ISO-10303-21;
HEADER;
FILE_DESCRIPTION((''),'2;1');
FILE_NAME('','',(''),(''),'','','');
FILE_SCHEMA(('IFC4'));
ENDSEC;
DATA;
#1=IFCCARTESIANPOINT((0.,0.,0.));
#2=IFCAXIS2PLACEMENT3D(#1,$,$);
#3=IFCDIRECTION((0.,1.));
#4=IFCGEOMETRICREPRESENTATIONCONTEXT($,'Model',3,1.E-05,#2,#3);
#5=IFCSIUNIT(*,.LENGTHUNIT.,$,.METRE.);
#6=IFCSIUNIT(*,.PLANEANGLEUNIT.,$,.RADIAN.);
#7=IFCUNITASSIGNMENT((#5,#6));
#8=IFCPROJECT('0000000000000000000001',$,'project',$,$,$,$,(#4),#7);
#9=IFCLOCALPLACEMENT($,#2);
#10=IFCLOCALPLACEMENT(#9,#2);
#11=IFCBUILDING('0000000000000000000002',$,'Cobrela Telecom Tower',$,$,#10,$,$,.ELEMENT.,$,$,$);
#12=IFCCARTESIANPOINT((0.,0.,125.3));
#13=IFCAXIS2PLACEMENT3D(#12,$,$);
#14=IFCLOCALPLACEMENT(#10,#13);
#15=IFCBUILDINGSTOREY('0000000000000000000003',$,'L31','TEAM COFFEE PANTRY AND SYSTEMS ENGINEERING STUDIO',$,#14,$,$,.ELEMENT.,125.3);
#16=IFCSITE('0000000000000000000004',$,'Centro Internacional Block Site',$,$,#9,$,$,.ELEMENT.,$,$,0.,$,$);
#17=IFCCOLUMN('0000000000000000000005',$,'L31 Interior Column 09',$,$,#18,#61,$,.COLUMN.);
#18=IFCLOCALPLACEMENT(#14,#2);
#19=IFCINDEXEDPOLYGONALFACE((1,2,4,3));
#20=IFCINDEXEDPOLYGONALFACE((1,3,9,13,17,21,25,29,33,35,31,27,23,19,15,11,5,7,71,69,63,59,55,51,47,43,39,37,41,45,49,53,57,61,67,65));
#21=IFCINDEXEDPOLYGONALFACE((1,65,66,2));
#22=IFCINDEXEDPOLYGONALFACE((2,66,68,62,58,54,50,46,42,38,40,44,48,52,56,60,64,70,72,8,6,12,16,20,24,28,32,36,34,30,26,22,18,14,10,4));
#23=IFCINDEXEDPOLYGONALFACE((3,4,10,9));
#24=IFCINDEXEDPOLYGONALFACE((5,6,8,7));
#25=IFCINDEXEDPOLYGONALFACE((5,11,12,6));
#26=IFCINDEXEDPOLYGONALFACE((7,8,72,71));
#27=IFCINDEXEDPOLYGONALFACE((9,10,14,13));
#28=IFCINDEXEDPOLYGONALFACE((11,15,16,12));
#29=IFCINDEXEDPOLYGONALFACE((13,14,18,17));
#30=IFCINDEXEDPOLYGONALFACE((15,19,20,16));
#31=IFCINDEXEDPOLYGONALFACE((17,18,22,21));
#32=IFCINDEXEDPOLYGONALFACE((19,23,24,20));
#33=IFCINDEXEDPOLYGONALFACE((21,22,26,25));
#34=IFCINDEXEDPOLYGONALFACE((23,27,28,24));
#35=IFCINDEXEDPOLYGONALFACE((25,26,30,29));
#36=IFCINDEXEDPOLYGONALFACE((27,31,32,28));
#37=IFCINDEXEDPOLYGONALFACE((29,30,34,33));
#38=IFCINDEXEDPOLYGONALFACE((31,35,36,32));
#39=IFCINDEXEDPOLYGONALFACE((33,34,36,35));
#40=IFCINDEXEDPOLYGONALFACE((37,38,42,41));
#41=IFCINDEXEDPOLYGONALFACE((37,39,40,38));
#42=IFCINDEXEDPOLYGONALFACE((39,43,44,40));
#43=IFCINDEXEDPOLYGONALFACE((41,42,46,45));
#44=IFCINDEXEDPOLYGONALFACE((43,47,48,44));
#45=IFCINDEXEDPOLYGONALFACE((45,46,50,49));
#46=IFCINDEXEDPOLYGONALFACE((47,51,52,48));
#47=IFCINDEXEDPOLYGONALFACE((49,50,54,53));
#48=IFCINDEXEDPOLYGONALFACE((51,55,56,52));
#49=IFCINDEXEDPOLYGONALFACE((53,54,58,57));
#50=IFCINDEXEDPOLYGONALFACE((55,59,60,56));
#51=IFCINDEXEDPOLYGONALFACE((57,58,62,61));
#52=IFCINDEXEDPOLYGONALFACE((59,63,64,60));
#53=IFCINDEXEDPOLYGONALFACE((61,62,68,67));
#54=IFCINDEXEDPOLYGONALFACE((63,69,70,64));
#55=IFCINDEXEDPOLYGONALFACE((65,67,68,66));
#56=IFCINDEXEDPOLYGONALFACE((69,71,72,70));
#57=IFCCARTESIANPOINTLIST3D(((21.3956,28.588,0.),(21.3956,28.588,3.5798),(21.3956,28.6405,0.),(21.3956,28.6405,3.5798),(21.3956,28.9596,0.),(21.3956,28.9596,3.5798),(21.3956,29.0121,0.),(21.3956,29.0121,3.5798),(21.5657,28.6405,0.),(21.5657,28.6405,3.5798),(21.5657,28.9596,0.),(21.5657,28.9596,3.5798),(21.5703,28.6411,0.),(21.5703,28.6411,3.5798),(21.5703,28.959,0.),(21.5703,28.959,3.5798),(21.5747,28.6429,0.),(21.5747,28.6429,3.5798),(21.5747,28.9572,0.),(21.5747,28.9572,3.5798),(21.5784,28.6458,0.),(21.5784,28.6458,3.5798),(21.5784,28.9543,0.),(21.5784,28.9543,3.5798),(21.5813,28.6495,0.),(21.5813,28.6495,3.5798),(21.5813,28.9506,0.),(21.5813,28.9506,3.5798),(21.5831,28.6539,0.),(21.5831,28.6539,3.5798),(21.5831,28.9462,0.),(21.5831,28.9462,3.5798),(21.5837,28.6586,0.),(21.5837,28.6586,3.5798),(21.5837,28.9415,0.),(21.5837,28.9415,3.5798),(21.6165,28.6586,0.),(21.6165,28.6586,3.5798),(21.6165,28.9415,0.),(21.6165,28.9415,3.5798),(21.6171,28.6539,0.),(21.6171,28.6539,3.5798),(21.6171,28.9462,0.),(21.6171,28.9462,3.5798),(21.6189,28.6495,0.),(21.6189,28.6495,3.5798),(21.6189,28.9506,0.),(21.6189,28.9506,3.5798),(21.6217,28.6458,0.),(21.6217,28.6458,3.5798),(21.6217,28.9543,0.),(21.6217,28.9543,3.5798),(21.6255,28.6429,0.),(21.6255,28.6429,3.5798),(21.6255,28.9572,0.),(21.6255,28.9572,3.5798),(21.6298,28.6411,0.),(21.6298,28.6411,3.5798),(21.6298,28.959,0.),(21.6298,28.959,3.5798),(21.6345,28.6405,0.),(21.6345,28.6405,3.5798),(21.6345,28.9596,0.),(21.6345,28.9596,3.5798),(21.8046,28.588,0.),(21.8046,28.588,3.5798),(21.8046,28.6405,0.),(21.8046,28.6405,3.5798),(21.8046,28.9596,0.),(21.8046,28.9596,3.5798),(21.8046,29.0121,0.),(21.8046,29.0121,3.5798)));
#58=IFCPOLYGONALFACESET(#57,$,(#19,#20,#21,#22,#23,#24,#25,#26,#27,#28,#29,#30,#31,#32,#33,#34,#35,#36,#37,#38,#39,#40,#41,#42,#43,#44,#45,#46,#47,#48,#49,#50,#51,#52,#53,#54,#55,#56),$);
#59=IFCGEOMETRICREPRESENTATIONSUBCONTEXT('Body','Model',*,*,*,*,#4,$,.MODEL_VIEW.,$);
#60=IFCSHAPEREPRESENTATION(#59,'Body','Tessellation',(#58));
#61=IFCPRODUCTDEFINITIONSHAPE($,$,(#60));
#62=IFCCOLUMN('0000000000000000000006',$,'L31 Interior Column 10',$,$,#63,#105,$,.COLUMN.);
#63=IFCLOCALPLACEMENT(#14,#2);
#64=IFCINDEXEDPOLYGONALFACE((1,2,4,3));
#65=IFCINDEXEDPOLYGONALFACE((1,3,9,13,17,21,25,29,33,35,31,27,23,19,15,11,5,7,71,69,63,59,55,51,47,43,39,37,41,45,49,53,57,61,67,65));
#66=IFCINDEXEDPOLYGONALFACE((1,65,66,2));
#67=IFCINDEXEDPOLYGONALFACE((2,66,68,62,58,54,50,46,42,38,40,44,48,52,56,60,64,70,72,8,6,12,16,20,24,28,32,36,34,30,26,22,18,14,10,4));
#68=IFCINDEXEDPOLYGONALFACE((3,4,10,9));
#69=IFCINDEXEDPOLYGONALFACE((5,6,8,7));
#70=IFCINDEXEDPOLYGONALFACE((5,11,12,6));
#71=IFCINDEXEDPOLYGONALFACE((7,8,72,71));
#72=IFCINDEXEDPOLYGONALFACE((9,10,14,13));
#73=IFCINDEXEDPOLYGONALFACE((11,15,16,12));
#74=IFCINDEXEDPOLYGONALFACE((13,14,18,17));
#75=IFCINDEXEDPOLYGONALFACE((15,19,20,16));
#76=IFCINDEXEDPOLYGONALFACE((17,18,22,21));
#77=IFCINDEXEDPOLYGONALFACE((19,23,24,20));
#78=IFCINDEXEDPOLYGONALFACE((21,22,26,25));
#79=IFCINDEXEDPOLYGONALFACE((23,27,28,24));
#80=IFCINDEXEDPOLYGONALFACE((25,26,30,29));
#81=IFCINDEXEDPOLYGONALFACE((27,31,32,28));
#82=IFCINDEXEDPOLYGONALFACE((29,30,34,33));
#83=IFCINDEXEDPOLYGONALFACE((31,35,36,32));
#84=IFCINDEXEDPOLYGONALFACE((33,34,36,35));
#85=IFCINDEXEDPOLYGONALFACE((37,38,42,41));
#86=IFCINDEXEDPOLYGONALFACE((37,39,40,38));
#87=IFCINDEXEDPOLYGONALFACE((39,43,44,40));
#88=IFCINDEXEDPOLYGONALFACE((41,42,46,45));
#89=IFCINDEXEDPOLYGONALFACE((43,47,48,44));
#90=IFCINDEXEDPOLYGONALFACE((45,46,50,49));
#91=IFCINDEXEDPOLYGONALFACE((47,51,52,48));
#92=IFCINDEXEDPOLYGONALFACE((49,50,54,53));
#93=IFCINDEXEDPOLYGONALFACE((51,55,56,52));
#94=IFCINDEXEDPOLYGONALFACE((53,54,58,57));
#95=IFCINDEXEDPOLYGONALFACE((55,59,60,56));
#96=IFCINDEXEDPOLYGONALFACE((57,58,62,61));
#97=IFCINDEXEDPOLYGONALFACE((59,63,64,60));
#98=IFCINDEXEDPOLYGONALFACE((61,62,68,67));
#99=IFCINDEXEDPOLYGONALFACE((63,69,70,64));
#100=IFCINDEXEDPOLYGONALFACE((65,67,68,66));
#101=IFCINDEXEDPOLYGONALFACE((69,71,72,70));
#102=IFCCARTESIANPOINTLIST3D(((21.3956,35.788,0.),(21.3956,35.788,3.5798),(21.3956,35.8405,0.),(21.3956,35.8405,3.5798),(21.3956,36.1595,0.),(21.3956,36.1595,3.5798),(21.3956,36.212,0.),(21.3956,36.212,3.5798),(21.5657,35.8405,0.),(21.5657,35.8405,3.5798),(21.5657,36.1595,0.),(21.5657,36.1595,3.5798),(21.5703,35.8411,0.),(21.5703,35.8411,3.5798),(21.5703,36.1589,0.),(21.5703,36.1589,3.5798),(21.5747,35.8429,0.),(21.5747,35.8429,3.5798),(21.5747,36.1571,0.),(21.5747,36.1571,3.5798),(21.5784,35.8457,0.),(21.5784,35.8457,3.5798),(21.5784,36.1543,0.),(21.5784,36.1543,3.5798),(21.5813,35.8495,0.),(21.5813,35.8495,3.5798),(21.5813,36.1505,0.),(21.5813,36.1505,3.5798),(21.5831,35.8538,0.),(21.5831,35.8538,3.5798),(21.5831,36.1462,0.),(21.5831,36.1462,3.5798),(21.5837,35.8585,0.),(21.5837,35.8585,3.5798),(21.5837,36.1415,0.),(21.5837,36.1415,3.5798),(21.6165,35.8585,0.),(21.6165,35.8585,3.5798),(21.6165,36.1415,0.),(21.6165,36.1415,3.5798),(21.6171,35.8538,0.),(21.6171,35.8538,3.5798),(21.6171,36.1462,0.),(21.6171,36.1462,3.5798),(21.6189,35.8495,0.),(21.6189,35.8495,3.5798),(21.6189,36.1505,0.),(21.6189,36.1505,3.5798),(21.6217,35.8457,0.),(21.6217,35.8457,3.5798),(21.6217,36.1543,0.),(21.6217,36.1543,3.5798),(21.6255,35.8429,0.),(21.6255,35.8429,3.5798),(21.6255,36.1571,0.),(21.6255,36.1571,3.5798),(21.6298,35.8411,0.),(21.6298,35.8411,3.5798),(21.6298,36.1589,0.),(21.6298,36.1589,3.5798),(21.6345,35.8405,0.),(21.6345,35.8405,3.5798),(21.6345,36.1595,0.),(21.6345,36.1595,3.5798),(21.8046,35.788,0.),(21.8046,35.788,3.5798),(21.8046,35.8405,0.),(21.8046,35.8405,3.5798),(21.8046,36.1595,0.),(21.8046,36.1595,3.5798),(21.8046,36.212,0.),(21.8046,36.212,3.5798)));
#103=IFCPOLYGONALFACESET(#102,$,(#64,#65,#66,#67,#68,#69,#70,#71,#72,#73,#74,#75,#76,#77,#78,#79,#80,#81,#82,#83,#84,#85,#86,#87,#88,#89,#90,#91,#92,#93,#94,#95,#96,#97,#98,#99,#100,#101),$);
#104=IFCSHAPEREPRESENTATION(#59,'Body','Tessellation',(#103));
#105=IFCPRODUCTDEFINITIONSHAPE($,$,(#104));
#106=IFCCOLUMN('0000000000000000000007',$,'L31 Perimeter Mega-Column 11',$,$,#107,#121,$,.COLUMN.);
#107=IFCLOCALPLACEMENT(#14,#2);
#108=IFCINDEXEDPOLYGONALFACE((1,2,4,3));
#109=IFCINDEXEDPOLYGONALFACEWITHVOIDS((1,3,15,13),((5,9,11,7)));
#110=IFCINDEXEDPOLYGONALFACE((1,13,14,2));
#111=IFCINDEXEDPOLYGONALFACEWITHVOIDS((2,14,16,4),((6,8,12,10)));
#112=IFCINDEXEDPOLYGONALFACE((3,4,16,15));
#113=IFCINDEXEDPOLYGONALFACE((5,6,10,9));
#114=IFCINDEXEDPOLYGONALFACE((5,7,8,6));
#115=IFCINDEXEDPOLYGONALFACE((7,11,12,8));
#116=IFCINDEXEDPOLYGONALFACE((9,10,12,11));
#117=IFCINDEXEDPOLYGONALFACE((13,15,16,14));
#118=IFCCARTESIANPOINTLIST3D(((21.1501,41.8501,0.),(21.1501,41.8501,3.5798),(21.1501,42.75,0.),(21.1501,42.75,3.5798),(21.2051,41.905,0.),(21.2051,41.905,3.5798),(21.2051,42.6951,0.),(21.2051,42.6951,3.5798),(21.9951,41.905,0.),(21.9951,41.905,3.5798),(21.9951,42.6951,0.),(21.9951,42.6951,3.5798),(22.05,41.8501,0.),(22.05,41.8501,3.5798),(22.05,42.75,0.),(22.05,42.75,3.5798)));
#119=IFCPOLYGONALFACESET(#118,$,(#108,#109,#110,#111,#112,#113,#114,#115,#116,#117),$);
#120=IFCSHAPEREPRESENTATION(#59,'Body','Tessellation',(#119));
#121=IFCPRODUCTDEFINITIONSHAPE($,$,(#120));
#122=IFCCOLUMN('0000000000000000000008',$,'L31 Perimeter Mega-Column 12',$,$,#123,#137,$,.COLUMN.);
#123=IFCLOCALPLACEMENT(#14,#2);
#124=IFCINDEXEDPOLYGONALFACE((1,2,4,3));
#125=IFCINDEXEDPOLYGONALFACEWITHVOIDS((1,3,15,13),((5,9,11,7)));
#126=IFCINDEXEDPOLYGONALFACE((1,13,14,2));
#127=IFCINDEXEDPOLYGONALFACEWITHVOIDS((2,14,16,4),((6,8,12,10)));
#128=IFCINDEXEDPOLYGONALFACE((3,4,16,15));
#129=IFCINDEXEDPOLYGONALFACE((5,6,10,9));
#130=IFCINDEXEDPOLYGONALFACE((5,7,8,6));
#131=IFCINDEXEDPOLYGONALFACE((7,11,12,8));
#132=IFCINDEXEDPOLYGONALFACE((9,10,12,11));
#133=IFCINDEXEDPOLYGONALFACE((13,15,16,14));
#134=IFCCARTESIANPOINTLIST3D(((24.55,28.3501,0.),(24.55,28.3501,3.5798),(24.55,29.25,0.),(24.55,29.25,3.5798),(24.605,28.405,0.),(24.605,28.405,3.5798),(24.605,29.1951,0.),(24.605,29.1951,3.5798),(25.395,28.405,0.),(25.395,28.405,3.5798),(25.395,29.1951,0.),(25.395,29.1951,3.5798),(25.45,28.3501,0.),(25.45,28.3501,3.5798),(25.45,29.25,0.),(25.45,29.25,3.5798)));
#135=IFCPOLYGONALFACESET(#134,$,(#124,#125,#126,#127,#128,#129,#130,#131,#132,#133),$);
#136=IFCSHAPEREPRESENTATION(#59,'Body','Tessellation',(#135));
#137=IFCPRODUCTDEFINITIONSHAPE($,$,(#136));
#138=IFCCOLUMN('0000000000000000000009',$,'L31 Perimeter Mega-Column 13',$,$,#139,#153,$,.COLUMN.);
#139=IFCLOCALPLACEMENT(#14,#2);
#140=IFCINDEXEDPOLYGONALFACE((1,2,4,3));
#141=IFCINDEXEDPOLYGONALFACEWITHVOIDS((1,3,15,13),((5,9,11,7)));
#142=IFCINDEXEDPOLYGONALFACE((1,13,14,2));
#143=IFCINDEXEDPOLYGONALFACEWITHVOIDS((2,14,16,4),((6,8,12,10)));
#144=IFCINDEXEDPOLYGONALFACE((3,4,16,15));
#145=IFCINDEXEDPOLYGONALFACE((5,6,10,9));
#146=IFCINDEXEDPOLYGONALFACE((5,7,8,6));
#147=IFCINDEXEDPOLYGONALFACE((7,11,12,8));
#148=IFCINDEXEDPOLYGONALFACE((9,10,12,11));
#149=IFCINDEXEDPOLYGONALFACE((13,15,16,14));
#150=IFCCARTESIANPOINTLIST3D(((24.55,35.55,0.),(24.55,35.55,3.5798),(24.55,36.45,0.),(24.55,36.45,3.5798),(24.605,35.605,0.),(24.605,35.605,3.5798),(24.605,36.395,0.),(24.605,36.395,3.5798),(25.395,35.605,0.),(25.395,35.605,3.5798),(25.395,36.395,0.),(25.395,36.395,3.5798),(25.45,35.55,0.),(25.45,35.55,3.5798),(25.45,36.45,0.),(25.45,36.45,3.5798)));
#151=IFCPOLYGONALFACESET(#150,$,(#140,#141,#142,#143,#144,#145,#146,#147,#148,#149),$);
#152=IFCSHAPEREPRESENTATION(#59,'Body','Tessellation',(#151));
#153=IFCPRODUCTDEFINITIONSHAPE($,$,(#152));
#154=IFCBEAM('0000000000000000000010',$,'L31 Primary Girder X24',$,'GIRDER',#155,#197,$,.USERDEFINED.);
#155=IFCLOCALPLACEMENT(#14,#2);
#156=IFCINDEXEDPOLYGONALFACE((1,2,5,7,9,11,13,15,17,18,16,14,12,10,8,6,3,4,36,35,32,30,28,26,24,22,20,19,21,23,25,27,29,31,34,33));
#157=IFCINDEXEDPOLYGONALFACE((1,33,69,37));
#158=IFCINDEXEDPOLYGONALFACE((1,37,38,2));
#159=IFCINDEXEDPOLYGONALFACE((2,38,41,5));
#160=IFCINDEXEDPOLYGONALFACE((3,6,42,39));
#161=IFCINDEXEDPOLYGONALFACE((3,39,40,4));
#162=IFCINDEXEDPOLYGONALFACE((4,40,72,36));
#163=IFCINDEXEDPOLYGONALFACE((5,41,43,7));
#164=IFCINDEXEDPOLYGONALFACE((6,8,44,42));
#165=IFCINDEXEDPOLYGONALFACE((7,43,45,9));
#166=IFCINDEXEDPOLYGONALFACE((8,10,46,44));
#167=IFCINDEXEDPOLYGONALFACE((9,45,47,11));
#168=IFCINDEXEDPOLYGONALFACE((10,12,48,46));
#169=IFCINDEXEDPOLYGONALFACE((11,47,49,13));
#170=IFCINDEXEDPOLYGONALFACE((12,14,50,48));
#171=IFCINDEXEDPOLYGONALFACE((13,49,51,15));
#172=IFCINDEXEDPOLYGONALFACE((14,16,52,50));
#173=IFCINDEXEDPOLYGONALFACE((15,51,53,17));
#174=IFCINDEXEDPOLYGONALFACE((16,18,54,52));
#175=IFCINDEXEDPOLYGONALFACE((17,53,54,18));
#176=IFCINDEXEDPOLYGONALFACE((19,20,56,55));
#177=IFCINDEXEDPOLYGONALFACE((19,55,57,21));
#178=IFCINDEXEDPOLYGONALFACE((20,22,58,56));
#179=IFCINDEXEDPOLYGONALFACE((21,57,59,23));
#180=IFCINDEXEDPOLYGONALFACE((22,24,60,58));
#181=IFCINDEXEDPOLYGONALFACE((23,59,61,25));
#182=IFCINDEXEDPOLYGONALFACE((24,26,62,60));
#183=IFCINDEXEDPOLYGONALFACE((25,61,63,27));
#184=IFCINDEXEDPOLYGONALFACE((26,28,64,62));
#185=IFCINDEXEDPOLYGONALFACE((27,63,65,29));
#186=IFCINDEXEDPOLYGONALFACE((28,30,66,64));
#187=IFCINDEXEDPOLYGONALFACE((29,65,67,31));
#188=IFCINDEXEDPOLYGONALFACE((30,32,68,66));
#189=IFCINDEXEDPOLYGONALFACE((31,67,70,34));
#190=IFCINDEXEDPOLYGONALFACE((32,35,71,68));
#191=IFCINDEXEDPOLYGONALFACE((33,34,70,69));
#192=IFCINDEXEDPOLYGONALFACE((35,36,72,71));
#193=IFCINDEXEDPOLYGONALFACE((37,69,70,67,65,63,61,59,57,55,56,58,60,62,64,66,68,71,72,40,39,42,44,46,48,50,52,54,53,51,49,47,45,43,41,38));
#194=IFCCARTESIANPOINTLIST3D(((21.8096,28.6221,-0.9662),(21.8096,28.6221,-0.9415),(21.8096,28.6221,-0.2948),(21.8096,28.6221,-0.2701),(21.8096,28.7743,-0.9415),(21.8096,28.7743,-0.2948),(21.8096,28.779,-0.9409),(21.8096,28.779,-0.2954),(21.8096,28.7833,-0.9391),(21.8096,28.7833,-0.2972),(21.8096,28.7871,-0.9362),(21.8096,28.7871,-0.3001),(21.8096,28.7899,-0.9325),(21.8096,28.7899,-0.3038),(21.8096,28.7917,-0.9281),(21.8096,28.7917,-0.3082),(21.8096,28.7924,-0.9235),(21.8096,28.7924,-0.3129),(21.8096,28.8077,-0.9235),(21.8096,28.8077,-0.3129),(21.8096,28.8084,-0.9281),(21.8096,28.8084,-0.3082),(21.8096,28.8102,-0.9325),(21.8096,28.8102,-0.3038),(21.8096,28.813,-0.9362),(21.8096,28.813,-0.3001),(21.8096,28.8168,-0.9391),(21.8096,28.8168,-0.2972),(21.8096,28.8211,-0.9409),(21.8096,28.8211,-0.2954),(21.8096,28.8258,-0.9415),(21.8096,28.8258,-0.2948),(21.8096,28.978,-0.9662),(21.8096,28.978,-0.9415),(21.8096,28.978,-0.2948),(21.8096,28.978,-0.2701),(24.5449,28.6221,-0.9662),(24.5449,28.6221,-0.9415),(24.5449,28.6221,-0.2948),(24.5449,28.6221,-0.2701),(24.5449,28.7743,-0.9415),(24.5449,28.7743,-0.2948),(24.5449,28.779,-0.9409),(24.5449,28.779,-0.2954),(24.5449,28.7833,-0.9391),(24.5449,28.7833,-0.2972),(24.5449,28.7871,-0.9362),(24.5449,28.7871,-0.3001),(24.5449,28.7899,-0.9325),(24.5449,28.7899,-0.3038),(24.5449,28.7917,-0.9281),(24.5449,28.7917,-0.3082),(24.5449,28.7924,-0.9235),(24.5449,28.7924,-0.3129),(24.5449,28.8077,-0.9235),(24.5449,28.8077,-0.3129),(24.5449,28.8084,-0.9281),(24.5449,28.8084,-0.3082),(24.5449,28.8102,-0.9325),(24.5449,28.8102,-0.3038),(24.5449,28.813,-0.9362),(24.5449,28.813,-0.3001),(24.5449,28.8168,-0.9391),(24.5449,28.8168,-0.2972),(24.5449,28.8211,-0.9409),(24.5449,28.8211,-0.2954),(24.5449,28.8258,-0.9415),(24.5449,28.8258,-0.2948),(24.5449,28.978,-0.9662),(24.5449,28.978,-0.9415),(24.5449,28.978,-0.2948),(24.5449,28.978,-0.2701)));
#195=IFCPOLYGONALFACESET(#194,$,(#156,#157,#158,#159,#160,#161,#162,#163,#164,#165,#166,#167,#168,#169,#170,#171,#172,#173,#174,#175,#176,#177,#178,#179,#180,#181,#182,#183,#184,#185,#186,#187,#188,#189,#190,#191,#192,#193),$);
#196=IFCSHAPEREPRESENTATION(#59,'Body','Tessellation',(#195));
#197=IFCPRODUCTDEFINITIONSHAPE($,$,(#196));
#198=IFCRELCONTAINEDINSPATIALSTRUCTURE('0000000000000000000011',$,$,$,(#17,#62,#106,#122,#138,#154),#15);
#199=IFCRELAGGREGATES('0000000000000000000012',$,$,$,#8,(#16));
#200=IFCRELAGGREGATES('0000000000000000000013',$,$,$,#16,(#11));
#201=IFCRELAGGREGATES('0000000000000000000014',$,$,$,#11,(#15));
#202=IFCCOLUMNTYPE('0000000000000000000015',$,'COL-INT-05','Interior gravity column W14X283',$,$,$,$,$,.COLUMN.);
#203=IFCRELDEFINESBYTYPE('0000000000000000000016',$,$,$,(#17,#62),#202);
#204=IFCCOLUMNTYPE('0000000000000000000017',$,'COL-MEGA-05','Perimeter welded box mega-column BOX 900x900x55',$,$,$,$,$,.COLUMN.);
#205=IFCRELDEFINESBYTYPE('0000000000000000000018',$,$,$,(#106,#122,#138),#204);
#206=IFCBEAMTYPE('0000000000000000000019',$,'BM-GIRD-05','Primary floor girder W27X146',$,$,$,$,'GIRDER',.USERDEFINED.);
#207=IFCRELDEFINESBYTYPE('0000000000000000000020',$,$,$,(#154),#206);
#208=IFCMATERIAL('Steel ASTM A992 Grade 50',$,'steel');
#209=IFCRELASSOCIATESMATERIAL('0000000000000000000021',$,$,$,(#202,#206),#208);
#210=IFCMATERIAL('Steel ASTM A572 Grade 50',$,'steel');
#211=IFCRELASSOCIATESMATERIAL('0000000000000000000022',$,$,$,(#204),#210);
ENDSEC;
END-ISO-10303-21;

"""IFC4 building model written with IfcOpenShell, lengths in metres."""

from ifc_helpers import new_model, si_unit, direction, frame, origin, origin_2d, place, context, subcontext, project, spatial, hollow_rectangle, i_section, extrude, material, material_profile, profile_set, type_object, element, save


model = new_model("IFC4")

# Units and contexts
model_context = context("Model", 3, precision=1e-05, world=origin(), true_north=direction((0.0, 1.0)))
body_context = subcontext(model_context, "Body", "Model", "MODEL_VIEW")
ifc_project = project(units=[si_unit("LENGTHUNIT", "METRE"), si_unit("PLANEANGLEUNIT", "RADIAN")], contexts=[model_context])

# Site, building, storey
site_placement = place(None, origin())
site = spatial("IfcSite", under=ifc_project, at=site_placement, Name="Centro Internacional Block Site", CompositionType="ELEMENT", RefElevation=0.0)
building_placement = place(site_placement, origin())
building = spatial("IfcBuilding", under=site, at=building_placement, Name="Cobrela Telecom Tower", CompositionType="ELEMENT")
storey_placement = place(building_placement, frame((0.0, 0.0, 125.3)))
storey = spatial("IfcBuildingStorey", under=building, at=storey_placement, Name="L31", Description="TEAM COFFEE PANTRY AND SYSTEMS ENGINEERING STUDIO", CompositionType="ELEMENT", Elevation=125.3)

# Columns
ifc_material_1 = material(Name="Steel ASTM A992 Grade 50", Category="steel")
ifc_material_profile_1 = material_profile(ifc_material_1, i_section(OverallWidth=0.4089, OverallDepth=0.4241, WebThickness=0.0327, FlangeThickness=0.0525, FilletRadius=0.0181, at=origin_2d()), Name="W14X283")
ifc_profile_set_1 = profile_set([ifc_material_profile_1], Name="Steel ASTM A992 Grade 50")
column_type_1 = type_object("IfcColumnType", Name="COL-INT-05", Description="Interior gravity column W14X283", PredefinedType="COLUMN", material=ifc_profile_set_1)
for number, where, z_axis, x_axis, name in (
    (1, (21.6001, 28.8, 0.0), (0.0, 0.0, 1.0), (1.0, 0.0, 0.0), "L31 Interior Column 09"),
    (2, (21.6001, 36.0, 0.0), (0.0, 0.0, 1.0), (1.0, 0.0, 0.0), "L31 Interior Column 10"),
):
    element("IfcColumn", number, at=place(storey_placement, frame(where, z_axis=z_axis, x_axis=x_axis)), inside=storey, type_object=column_type_1, Name=name, PredefinedType="COLUMN", context=body_context, shape_type="SweptSolid", body=[
        extrude(i_section(OverallWidth=0.4089, OverallDepth=0.4241, WebThickness=0.0327, FlangeThickness=0.0525, FilletRadius=0.0181, at=origin_2d()), origin(), (0.0, 0.0, 1.0), 3.5798),
    ])
ifc_material_2 = material(Name="Steel ASTM A572 Grade 50", Category="steel")
ifc_material_profile_2 = material_profile(ifc_material_2, hollow_rectangle(XDim=0.8999, YDim=0.8999, WallThickness=0.0549, at=origin_2d()), Name="BOX 900x900x55")
ifc_profile_set_2 = profile_set([ifc_material_profile_2], Name="Steel ASTM A572 Grade 50")
column_type_2 = type_object("IfcColumnType", Name="COL-MEGA-05", Description="Perimeter welded box mega-column BOX 900x900x55", PredefinedType="COLUMN", material=ifc_profile_set_2)
for number, where, z_axis, x_axis, name in (
    (3, (21.6001, 42.3, 0.0), (0.0, 0.0, 1.0), (1.0, 0.0, 0.0), "L31 Perimeter Mega-Column 11"),
    (4, (25.0, 28.8, 0.0), (0.0, 0.0, 1.0), (1.0, 0.0, 0.0), "L31 Perimeter Mega-Column 12"),
    (5, (25.0, 36.0, 0.0), (0.0, 0.0, 1.0), (1.0, 0.0, 0.0), "L31 Perimeter Mega-Column 13"),
):
    element("IfcColumn", number, at=place(storey_placement, frame(where, z_axis=z_axis, x_axis=x_axis)), inside=storey, type_object=column_type_2, Name=name, PredefinedType="COLUMN", context=body_context, shape_type="SweptSolid", body=[
        extrude(hollow_rectangle(XDim=0.8999, YDim=0.8999, WallThickness=0.0549, at=origin_2d()), origin(), (0.0, 0.0, 1.0), 3.5798),
    ])

# Beam
ifc_material_profile_3 = material_profile(ifc_material_1, i_section(OverallWidth=0.356, OverallDepth=0.696, WebThickness=0.0154, FlangeThickness=0.0247, FilletRadius=0.0181, at=origin_2d()), Name="W27X146")
ifc_profile_set_3 = profile_set([ifc_material_profile_3], Name="Steel ASTM A992 Grade 50")
beam_type_1 = type_object("IfcBeamType", Name="BM-GIRD-05", Description="Primary floor girder W27X146", ElementType="GIRDER", PredefinedType="USERDEFINED", material=ifc_profile_set_3)
for number, where, z_axis, x_axis, name in (
    (6, (21.8096, 28.8, -0.6182), (1.0, 0.0, 0.0), (0.0, 1.0, 0.0), "L31 Primary Girder X24"),
):
    element("IfcBeam", number, at=place(storey_placement, frame(where, z_axis=z_axis, x_axis=x_axis)), inside=storey, type_object=beam_type_1, Name=name, ObjectType="GIRDER", PredefinedType="USERDEFINED", context=body_context, shape_type="SweptSolid", body=[
        extrude(i_section(OverallWidth=0.356, OverallDepth=0.696, WebThickness=0.0154, FlangeThickness=0.0247, FilletRadius=0.0181, at=origin_2d()), origin(), (0.0, 0.0, 1.0), 2.7354),
    ])

save(model, "model.ifc")
